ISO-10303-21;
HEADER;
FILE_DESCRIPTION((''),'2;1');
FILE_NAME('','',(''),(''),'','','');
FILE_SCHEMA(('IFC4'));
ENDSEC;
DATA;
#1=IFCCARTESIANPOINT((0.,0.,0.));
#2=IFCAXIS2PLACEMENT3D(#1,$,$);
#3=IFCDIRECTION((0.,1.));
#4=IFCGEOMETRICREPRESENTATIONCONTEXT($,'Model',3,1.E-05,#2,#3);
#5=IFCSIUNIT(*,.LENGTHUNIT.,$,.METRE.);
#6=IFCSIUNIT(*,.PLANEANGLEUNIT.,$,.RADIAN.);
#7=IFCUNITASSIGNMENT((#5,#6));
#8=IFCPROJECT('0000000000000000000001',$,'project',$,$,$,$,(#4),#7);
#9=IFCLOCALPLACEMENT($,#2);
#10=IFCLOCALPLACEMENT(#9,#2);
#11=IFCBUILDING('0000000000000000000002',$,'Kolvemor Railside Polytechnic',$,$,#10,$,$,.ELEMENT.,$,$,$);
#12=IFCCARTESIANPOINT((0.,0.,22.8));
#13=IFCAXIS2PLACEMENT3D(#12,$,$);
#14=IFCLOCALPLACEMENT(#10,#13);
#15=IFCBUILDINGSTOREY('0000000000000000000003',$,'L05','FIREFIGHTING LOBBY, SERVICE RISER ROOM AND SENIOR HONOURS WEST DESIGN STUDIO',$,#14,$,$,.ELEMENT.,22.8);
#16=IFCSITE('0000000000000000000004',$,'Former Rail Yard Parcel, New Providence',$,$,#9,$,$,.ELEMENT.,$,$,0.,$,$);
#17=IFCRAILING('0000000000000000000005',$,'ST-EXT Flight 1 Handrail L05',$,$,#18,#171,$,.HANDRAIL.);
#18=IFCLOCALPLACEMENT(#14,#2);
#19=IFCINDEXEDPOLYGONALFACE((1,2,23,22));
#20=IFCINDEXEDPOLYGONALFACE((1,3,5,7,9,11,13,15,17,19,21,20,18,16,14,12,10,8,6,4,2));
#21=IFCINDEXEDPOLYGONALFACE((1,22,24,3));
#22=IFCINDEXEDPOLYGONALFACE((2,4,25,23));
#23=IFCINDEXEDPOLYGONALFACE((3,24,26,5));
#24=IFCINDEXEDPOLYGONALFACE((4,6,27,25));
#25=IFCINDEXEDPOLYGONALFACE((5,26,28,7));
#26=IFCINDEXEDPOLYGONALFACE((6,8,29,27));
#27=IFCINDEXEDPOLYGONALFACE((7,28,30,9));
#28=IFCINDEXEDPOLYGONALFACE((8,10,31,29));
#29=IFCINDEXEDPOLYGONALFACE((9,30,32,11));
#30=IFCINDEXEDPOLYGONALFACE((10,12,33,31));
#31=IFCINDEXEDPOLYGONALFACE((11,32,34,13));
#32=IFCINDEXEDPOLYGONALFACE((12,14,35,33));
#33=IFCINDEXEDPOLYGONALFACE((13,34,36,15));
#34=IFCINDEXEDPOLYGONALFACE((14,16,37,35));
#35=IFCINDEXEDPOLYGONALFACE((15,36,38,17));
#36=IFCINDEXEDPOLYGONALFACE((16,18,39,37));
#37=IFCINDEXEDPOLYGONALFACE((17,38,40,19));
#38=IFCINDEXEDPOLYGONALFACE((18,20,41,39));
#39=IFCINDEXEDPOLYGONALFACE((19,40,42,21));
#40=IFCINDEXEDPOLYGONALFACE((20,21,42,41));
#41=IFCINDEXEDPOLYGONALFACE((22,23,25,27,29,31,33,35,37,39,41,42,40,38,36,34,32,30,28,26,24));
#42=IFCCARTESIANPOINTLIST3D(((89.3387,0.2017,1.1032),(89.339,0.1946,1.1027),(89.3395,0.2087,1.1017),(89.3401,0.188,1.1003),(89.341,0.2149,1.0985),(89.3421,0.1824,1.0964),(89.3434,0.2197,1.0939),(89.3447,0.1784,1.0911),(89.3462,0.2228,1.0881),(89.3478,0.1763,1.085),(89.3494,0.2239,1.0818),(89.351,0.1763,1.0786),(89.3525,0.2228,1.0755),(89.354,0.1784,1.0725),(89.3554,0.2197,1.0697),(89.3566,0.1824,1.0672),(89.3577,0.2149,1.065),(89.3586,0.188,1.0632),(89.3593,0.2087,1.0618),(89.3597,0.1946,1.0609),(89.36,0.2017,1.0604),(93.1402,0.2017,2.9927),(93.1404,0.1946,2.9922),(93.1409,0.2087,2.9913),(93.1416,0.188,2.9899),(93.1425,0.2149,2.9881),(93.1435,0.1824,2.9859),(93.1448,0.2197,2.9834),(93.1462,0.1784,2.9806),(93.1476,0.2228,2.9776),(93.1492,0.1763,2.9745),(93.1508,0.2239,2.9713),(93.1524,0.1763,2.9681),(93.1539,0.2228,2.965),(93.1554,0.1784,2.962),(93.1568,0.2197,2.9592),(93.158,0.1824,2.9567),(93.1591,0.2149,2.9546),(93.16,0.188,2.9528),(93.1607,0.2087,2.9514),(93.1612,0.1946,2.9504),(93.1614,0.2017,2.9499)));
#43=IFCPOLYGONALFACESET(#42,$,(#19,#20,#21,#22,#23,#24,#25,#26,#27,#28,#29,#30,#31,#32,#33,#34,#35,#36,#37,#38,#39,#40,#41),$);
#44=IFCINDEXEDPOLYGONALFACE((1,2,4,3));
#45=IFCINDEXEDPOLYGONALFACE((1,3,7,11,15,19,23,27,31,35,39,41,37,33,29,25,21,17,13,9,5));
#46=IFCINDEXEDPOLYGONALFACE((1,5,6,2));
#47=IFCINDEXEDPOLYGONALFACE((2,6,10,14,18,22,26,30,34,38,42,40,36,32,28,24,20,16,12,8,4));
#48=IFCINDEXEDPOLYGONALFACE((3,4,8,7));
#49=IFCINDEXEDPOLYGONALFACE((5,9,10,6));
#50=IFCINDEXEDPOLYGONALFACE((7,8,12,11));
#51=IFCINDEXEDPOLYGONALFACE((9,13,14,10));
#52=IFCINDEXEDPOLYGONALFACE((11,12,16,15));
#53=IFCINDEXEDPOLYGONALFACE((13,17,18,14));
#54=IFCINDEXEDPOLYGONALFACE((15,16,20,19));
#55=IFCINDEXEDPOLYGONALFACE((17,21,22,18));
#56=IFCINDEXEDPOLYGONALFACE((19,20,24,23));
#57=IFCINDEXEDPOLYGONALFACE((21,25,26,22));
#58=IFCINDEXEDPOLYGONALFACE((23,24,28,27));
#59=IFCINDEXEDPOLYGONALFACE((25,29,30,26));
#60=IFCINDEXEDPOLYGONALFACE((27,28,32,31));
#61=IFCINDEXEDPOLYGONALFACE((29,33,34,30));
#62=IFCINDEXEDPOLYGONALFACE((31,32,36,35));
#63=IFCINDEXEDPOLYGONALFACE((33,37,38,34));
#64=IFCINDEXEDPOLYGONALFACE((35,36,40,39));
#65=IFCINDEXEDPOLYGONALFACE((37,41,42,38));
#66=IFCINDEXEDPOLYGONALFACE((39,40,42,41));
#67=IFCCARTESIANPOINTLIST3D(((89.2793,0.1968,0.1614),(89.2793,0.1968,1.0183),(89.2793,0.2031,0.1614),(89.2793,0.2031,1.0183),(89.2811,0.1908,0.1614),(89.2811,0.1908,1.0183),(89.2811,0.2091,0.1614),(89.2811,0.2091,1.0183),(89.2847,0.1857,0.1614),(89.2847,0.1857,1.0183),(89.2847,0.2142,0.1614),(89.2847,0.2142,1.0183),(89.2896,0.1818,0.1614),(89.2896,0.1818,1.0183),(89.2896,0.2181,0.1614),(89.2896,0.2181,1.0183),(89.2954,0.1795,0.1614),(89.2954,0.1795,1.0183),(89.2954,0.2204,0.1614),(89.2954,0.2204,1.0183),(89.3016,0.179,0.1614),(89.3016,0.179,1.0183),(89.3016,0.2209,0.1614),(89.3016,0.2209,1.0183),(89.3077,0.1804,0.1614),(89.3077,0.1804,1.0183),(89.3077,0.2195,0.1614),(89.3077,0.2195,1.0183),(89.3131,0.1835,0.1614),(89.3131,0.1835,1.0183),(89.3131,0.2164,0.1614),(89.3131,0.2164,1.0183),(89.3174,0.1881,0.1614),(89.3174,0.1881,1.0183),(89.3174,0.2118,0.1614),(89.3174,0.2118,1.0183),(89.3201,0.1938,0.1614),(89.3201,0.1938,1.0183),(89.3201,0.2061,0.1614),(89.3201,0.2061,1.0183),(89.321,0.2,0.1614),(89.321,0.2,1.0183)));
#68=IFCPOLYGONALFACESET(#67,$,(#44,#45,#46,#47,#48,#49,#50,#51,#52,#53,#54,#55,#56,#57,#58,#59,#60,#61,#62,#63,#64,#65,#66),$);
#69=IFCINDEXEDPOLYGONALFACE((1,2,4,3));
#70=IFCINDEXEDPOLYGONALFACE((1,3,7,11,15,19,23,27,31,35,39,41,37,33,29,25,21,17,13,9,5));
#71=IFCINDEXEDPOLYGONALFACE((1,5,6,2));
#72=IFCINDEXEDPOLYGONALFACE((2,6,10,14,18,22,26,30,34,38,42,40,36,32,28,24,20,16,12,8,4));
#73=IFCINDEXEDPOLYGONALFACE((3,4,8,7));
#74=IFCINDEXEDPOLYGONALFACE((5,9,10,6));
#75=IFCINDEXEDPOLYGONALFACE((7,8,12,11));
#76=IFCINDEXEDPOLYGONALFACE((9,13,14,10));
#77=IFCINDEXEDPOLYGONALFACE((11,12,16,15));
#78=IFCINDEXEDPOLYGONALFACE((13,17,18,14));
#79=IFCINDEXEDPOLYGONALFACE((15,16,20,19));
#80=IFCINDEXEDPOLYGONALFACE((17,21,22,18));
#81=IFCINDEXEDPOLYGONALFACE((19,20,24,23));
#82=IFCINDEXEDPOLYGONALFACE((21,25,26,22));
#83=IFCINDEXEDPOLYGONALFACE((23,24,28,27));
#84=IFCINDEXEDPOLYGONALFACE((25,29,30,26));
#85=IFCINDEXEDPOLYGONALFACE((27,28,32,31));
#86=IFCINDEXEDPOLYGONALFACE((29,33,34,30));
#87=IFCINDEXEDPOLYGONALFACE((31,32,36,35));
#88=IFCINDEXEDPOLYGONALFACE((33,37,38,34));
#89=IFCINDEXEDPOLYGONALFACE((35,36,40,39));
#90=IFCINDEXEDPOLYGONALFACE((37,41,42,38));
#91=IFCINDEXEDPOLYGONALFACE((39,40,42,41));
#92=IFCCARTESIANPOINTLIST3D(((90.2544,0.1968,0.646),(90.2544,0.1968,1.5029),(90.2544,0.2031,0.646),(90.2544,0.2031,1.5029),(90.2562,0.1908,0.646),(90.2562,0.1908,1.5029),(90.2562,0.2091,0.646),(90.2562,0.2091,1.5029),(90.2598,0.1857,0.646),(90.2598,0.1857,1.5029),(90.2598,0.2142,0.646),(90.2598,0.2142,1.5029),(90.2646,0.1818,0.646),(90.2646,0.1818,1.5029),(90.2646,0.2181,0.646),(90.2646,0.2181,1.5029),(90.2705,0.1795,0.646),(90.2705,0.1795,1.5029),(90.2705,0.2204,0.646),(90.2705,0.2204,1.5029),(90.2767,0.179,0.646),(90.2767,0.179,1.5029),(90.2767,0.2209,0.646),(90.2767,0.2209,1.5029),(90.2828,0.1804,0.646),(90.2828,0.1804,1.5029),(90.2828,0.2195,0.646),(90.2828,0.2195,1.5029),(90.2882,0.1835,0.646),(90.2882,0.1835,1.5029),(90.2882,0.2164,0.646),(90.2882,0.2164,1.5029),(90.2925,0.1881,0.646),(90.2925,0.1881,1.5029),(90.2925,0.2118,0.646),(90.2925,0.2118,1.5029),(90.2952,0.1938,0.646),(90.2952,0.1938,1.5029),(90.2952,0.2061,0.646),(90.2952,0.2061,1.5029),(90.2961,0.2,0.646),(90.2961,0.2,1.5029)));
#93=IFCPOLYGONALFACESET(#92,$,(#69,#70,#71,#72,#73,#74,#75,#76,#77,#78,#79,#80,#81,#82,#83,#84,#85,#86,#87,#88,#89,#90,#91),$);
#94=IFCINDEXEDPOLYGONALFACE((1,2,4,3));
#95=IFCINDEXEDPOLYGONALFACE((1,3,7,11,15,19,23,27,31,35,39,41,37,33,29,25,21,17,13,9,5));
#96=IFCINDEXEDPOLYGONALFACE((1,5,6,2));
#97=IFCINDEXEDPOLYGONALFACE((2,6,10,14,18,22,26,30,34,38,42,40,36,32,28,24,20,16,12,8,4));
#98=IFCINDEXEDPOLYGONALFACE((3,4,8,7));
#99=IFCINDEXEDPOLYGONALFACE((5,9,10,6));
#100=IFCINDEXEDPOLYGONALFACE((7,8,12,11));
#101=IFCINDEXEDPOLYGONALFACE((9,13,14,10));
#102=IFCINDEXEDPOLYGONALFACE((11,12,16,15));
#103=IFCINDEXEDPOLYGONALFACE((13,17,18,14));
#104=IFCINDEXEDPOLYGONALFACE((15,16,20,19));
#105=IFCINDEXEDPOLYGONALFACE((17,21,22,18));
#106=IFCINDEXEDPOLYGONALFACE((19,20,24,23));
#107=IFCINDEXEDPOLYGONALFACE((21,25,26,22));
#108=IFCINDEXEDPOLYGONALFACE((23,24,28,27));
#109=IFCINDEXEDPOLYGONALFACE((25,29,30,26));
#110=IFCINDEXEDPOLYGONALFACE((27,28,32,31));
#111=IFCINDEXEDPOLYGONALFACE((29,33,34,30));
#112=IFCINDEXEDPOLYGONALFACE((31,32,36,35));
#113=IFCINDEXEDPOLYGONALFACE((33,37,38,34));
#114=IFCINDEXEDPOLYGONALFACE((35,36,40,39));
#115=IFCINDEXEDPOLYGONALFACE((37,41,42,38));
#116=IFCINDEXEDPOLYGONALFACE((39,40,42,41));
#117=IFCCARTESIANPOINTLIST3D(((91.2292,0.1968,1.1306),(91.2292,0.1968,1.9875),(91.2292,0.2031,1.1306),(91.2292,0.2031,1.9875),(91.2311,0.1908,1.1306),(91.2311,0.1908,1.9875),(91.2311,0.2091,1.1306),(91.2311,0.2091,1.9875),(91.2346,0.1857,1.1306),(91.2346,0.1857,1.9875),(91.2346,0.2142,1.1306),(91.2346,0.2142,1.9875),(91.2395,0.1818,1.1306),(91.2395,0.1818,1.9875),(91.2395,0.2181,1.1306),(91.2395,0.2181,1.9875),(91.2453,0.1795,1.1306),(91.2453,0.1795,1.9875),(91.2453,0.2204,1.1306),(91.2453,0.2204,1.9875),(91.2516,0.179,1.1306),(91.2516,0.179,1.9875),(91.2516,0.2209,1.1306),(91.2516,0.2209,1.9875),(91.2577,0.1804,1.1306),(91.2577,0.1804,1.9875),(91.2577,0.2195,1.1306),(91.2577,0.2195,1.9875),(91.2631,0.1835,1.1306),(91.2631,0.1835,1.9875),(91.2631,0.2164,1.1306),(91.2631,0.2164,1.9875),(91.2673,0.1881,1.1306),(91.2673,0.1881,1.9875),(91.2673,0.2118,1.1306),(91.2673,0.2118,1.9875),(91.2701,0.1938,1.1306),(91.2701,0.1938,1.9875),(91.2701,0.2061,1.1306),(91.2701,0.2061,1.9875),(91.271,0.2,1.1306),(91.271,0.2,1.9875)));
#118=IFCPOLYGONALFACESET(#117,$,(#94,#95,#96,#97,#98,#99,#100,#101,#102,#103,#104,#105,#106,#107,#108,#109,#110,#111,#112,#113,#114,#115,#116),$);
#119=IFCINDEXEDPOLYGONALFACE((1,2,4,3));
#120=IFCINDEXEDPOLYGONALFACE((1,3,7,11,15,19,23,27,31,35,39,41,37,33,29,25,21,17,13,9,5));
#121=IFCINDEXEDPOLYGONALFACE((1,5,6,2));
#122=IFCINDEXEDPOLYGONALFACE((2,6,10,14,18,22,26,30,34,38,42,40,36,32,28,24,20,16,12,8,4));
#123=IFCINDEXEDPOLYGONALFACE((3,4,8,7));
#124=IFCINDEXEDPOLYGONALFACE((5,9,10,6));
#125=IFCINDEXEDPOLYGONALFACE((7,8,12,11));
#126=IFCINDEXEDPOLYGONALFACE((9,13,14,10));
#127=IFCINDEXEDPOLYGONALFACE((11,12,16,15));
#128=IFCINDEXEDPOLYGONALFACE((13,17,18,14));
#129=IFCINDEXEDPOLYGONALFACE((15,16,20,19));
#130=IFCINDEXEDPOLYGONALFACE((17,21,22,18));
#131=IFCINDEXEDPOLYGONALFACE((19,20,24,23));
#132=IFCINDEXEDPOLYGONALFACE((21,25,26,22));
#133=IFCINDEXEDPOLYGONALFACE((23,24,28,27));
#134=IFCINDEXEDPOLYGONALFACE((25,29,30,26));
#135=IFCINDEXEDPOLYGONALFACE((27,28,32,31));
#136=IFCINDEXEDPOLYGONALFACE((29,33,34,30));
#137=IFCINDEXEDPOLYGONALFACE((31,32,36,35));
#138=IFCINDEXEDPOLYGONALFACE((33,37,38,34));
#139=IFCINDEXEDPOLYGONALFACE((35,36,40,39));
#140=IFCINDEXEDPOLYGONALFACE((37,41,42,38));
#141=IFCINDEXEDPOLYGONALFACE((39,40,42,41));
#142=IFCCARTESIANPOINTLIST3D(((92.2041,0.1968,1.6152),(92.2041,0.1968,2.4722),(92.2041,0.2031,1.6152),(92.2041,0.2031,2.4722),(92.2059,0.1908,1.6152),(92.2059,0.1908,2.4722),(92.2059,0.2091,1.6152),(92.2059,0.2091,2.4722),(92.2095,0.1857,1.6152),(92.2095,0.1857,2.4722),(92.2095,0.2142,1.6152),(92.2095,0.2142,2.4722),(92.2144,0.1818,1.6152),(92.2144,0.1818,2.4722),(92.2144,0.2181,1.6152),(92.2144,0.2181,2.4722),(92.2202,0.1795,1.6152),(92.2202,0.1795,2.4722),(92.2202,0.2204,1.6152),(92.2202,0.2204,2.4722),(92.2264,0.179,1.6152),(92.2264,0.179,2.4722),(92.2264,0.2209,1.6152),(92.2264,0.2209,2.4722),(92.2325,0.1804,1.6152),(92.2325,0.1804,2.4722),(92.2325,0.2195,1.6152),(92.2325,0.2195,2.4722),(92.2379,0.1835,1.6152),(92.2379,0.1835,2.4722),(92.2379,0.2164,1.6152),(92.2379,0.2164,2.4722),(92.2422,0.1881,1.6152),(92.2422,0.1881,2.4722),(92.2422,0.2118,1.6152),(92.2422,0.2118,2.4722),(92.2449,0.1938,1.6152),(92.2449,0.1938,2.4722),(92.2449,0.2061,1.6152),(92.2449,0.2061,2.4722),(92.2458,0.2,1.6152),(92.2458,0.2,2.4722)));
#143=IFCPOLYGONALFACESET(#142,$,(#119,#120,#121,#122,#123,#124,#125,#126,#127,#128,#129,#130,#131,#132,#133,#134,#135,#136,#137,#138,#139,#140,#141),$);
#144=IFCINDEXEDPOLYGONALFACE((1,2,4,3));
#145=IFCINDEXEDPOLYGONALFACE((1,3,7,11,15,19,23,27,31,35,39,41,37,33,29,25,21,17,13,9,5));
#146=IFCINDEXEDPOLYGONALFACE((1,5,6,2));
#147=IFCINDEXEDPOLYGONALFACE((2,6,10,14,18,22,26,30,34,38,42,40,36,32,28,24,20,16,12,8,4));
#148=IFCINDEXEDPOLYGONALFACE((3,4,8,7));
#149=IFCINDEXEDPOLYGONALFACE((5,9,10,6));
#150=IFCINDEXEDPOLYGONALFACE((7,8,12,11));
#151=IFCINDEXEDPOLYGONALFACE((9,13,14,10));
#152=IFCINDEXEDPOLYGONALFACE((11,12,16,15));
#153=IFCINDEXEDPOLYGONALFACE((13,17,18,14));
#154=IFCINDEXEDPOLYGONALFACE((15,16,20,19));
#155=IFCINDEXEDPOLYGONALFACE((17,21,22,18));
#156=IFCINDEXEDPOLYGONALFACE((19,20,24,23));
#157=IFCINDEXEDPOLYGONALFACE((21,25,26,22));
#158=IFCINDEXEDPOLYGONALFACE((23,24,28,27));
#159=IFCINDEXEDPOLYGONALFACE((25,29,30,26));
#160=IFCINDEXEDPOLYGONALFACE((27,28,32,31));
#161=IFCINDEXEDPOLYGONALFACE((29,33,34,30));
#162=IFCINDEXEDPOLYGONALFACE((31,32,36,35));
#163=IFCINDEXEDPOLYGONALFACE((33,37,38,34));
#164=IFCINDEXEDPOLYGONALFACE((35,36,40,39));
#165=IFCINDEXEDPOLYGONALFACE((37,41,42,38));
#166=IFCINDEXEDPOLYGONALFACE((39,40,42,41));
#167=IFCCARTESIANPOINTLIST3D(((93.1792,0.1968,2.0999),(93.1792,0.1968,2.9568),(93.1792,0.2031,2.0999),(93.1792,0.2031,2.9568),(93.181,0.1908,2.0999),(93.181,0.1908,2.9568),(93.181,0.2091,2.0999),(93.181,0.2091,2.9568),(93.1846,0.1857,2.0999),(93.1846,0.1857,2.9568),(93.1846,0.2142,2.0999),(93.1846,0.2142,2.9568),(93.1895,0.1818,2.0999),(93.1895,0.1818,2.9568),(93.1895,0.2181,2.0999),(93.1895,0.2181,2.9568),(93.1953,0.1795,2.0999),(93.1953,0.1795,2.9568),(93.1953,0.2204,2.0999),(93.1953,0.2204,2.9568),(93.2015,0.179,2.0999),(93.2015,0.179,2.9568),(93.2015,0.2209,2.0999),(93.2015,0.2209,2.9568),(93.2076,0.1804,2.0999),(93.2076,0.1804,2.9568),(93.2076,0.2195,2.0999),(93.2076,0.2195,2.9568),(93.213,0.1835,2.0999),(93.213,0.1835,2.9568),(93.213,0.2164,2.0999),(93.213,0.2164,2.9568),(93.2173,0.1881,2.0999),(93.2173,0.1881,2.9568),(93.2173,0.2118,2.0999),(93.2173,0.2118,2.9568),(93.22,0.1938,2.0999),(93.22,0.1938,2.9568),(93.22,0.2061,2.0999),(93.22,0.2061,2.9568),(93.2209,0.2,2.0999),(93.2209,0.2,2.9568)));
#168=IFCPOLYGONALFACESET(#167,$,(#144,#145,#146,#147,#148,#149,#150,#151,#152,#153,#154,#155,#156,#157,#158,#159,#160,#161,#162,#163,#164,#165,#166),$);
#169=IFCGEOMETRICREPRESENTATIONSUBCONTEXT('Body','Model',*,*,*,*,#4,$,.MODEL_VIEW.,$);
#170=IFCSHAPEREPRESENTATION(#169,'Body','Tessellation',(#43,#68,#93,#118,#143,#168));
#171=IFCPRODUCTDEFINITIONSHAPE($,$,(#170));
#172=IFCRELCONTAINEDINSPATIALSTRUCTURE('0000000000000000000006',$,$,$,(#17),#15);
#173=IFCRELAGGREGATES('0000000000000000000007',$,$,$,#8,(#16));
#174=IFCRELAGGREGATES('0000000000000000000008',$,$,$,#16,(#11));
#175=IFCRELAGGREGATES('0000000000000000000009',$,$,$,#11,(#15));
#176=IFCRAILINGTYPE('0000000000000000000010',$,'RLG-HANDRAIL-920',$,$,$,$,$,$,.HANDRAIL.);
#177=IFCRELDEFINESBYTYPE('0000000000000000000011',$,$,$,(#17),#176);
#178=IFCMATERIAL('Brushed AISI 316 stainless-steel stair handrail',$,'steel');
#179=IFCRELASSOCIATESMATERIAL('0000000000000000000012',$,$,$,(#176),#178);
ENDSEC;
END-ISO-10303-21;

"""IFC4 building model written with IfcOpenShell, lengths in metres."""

from ifc_helpers import new_model, si_unit, direction, frame, origin, origin_2d, place, context, subcontext, project, spatial, circle, extrude, material, type_object, element, save


model = new_model("IFC4")

# Units and contexts
model_context = context("Model", 3, precision=1e-05, world=origin(), true_north=direction((0.0, 1.0)))
body_context = subcontext(model_context, "Body", "Model", "MODEL_VIEW")
ifc_project = project(units=[si_unit("LENGTHUNIT", "METRE"), si_unit("PLANEANGLEUNIT", "RADIAN")], contexts=[model_context])

# Site, building, storey
site_placement = place(None, origin())
site = spatial("IfcSite", under=ifc_project, at=site_placement, Name="Former Rail Yard Parcel, New Providence", CompositionType="ELEMENT", RefElevation=0.0)
building_placement = place(site_placement, origin())
building = spatial("IfcBuilding", under=site, at=building_placement, Name="Kolvemor Railside Polytechnic", CompositionType="ELEMENT")
storey_placement = place(building_placement, frame((0.0, 0.0, 22.8)))
storey = spatial("IfcBuildingStorey", under=building, at=storey_placement, Name="L05", Description="FIREFIGHTING LOBBY, SERVICE RISER ROOM AND SENIOR HONOURS WEST DESIGN STUDIO", CompositionType="ELEMENT", Elevation=22.8)

# Railing
ifc_material_1 = material(Name="Brushed AISI 316 stainless-steel stair handrail", Category="steel")
railing_type_1 = type_object("IfcRailingType", Name="RLG-HANDRAIL-920", PredefinedType="HANDRAIL", material=ifc_material_1)
railing_1_placement = place(storey_placement, frame((89.3, 0.2, 0.1614)))
element("IfcRailing", 1, at=railing_1_placement, inside=storey, type_object=railing_type_1, Name="ST-EXT Flight 1 Handrail L05", PredefinedType="HANDRAIL", context=body_context, shape_type="SweptSolid", body=[
    extrude(circle(Radius=0.0239, at=origin_2d()), frame((0.0493, 0.0, 0.9204), z_axis=(0.895479, 0.0, 0.445105), x_axis=(0.0, 1.0, 0.0)), (0.0, 0.0, 1.0), 4.2451),
    extrude(circle(Radius=0.021, at=origin_2d()), origin(), (0.0, 0.0, 1.0), 0.8569),
    extrude(circle(Radius=0.021, at=origin_2d()), frame((0.9751, 0.0, 0.4846)), (0.0, 0.0, 1.0), 0.8569),
    extrude(circle(Radius=0.021, at=origin_2d()), frame((1.95, 0.0, 0.9692)), (0.0, 0.0, 1.0), 0.8569),
    extrude(circle(Radius=0.021, at=origin_2d()), frame((2.9248, 0.0, 1.4539)), (0.0, 0.0, 1.0), 0.8569),
    extrude(circle(Radius=0.021, at=origin_2d()), frame((3.8999, 0.0, 1.9385)), (0.0, 0.0, 1.0), 0.8569),
])

save(model, "model.ifc")
